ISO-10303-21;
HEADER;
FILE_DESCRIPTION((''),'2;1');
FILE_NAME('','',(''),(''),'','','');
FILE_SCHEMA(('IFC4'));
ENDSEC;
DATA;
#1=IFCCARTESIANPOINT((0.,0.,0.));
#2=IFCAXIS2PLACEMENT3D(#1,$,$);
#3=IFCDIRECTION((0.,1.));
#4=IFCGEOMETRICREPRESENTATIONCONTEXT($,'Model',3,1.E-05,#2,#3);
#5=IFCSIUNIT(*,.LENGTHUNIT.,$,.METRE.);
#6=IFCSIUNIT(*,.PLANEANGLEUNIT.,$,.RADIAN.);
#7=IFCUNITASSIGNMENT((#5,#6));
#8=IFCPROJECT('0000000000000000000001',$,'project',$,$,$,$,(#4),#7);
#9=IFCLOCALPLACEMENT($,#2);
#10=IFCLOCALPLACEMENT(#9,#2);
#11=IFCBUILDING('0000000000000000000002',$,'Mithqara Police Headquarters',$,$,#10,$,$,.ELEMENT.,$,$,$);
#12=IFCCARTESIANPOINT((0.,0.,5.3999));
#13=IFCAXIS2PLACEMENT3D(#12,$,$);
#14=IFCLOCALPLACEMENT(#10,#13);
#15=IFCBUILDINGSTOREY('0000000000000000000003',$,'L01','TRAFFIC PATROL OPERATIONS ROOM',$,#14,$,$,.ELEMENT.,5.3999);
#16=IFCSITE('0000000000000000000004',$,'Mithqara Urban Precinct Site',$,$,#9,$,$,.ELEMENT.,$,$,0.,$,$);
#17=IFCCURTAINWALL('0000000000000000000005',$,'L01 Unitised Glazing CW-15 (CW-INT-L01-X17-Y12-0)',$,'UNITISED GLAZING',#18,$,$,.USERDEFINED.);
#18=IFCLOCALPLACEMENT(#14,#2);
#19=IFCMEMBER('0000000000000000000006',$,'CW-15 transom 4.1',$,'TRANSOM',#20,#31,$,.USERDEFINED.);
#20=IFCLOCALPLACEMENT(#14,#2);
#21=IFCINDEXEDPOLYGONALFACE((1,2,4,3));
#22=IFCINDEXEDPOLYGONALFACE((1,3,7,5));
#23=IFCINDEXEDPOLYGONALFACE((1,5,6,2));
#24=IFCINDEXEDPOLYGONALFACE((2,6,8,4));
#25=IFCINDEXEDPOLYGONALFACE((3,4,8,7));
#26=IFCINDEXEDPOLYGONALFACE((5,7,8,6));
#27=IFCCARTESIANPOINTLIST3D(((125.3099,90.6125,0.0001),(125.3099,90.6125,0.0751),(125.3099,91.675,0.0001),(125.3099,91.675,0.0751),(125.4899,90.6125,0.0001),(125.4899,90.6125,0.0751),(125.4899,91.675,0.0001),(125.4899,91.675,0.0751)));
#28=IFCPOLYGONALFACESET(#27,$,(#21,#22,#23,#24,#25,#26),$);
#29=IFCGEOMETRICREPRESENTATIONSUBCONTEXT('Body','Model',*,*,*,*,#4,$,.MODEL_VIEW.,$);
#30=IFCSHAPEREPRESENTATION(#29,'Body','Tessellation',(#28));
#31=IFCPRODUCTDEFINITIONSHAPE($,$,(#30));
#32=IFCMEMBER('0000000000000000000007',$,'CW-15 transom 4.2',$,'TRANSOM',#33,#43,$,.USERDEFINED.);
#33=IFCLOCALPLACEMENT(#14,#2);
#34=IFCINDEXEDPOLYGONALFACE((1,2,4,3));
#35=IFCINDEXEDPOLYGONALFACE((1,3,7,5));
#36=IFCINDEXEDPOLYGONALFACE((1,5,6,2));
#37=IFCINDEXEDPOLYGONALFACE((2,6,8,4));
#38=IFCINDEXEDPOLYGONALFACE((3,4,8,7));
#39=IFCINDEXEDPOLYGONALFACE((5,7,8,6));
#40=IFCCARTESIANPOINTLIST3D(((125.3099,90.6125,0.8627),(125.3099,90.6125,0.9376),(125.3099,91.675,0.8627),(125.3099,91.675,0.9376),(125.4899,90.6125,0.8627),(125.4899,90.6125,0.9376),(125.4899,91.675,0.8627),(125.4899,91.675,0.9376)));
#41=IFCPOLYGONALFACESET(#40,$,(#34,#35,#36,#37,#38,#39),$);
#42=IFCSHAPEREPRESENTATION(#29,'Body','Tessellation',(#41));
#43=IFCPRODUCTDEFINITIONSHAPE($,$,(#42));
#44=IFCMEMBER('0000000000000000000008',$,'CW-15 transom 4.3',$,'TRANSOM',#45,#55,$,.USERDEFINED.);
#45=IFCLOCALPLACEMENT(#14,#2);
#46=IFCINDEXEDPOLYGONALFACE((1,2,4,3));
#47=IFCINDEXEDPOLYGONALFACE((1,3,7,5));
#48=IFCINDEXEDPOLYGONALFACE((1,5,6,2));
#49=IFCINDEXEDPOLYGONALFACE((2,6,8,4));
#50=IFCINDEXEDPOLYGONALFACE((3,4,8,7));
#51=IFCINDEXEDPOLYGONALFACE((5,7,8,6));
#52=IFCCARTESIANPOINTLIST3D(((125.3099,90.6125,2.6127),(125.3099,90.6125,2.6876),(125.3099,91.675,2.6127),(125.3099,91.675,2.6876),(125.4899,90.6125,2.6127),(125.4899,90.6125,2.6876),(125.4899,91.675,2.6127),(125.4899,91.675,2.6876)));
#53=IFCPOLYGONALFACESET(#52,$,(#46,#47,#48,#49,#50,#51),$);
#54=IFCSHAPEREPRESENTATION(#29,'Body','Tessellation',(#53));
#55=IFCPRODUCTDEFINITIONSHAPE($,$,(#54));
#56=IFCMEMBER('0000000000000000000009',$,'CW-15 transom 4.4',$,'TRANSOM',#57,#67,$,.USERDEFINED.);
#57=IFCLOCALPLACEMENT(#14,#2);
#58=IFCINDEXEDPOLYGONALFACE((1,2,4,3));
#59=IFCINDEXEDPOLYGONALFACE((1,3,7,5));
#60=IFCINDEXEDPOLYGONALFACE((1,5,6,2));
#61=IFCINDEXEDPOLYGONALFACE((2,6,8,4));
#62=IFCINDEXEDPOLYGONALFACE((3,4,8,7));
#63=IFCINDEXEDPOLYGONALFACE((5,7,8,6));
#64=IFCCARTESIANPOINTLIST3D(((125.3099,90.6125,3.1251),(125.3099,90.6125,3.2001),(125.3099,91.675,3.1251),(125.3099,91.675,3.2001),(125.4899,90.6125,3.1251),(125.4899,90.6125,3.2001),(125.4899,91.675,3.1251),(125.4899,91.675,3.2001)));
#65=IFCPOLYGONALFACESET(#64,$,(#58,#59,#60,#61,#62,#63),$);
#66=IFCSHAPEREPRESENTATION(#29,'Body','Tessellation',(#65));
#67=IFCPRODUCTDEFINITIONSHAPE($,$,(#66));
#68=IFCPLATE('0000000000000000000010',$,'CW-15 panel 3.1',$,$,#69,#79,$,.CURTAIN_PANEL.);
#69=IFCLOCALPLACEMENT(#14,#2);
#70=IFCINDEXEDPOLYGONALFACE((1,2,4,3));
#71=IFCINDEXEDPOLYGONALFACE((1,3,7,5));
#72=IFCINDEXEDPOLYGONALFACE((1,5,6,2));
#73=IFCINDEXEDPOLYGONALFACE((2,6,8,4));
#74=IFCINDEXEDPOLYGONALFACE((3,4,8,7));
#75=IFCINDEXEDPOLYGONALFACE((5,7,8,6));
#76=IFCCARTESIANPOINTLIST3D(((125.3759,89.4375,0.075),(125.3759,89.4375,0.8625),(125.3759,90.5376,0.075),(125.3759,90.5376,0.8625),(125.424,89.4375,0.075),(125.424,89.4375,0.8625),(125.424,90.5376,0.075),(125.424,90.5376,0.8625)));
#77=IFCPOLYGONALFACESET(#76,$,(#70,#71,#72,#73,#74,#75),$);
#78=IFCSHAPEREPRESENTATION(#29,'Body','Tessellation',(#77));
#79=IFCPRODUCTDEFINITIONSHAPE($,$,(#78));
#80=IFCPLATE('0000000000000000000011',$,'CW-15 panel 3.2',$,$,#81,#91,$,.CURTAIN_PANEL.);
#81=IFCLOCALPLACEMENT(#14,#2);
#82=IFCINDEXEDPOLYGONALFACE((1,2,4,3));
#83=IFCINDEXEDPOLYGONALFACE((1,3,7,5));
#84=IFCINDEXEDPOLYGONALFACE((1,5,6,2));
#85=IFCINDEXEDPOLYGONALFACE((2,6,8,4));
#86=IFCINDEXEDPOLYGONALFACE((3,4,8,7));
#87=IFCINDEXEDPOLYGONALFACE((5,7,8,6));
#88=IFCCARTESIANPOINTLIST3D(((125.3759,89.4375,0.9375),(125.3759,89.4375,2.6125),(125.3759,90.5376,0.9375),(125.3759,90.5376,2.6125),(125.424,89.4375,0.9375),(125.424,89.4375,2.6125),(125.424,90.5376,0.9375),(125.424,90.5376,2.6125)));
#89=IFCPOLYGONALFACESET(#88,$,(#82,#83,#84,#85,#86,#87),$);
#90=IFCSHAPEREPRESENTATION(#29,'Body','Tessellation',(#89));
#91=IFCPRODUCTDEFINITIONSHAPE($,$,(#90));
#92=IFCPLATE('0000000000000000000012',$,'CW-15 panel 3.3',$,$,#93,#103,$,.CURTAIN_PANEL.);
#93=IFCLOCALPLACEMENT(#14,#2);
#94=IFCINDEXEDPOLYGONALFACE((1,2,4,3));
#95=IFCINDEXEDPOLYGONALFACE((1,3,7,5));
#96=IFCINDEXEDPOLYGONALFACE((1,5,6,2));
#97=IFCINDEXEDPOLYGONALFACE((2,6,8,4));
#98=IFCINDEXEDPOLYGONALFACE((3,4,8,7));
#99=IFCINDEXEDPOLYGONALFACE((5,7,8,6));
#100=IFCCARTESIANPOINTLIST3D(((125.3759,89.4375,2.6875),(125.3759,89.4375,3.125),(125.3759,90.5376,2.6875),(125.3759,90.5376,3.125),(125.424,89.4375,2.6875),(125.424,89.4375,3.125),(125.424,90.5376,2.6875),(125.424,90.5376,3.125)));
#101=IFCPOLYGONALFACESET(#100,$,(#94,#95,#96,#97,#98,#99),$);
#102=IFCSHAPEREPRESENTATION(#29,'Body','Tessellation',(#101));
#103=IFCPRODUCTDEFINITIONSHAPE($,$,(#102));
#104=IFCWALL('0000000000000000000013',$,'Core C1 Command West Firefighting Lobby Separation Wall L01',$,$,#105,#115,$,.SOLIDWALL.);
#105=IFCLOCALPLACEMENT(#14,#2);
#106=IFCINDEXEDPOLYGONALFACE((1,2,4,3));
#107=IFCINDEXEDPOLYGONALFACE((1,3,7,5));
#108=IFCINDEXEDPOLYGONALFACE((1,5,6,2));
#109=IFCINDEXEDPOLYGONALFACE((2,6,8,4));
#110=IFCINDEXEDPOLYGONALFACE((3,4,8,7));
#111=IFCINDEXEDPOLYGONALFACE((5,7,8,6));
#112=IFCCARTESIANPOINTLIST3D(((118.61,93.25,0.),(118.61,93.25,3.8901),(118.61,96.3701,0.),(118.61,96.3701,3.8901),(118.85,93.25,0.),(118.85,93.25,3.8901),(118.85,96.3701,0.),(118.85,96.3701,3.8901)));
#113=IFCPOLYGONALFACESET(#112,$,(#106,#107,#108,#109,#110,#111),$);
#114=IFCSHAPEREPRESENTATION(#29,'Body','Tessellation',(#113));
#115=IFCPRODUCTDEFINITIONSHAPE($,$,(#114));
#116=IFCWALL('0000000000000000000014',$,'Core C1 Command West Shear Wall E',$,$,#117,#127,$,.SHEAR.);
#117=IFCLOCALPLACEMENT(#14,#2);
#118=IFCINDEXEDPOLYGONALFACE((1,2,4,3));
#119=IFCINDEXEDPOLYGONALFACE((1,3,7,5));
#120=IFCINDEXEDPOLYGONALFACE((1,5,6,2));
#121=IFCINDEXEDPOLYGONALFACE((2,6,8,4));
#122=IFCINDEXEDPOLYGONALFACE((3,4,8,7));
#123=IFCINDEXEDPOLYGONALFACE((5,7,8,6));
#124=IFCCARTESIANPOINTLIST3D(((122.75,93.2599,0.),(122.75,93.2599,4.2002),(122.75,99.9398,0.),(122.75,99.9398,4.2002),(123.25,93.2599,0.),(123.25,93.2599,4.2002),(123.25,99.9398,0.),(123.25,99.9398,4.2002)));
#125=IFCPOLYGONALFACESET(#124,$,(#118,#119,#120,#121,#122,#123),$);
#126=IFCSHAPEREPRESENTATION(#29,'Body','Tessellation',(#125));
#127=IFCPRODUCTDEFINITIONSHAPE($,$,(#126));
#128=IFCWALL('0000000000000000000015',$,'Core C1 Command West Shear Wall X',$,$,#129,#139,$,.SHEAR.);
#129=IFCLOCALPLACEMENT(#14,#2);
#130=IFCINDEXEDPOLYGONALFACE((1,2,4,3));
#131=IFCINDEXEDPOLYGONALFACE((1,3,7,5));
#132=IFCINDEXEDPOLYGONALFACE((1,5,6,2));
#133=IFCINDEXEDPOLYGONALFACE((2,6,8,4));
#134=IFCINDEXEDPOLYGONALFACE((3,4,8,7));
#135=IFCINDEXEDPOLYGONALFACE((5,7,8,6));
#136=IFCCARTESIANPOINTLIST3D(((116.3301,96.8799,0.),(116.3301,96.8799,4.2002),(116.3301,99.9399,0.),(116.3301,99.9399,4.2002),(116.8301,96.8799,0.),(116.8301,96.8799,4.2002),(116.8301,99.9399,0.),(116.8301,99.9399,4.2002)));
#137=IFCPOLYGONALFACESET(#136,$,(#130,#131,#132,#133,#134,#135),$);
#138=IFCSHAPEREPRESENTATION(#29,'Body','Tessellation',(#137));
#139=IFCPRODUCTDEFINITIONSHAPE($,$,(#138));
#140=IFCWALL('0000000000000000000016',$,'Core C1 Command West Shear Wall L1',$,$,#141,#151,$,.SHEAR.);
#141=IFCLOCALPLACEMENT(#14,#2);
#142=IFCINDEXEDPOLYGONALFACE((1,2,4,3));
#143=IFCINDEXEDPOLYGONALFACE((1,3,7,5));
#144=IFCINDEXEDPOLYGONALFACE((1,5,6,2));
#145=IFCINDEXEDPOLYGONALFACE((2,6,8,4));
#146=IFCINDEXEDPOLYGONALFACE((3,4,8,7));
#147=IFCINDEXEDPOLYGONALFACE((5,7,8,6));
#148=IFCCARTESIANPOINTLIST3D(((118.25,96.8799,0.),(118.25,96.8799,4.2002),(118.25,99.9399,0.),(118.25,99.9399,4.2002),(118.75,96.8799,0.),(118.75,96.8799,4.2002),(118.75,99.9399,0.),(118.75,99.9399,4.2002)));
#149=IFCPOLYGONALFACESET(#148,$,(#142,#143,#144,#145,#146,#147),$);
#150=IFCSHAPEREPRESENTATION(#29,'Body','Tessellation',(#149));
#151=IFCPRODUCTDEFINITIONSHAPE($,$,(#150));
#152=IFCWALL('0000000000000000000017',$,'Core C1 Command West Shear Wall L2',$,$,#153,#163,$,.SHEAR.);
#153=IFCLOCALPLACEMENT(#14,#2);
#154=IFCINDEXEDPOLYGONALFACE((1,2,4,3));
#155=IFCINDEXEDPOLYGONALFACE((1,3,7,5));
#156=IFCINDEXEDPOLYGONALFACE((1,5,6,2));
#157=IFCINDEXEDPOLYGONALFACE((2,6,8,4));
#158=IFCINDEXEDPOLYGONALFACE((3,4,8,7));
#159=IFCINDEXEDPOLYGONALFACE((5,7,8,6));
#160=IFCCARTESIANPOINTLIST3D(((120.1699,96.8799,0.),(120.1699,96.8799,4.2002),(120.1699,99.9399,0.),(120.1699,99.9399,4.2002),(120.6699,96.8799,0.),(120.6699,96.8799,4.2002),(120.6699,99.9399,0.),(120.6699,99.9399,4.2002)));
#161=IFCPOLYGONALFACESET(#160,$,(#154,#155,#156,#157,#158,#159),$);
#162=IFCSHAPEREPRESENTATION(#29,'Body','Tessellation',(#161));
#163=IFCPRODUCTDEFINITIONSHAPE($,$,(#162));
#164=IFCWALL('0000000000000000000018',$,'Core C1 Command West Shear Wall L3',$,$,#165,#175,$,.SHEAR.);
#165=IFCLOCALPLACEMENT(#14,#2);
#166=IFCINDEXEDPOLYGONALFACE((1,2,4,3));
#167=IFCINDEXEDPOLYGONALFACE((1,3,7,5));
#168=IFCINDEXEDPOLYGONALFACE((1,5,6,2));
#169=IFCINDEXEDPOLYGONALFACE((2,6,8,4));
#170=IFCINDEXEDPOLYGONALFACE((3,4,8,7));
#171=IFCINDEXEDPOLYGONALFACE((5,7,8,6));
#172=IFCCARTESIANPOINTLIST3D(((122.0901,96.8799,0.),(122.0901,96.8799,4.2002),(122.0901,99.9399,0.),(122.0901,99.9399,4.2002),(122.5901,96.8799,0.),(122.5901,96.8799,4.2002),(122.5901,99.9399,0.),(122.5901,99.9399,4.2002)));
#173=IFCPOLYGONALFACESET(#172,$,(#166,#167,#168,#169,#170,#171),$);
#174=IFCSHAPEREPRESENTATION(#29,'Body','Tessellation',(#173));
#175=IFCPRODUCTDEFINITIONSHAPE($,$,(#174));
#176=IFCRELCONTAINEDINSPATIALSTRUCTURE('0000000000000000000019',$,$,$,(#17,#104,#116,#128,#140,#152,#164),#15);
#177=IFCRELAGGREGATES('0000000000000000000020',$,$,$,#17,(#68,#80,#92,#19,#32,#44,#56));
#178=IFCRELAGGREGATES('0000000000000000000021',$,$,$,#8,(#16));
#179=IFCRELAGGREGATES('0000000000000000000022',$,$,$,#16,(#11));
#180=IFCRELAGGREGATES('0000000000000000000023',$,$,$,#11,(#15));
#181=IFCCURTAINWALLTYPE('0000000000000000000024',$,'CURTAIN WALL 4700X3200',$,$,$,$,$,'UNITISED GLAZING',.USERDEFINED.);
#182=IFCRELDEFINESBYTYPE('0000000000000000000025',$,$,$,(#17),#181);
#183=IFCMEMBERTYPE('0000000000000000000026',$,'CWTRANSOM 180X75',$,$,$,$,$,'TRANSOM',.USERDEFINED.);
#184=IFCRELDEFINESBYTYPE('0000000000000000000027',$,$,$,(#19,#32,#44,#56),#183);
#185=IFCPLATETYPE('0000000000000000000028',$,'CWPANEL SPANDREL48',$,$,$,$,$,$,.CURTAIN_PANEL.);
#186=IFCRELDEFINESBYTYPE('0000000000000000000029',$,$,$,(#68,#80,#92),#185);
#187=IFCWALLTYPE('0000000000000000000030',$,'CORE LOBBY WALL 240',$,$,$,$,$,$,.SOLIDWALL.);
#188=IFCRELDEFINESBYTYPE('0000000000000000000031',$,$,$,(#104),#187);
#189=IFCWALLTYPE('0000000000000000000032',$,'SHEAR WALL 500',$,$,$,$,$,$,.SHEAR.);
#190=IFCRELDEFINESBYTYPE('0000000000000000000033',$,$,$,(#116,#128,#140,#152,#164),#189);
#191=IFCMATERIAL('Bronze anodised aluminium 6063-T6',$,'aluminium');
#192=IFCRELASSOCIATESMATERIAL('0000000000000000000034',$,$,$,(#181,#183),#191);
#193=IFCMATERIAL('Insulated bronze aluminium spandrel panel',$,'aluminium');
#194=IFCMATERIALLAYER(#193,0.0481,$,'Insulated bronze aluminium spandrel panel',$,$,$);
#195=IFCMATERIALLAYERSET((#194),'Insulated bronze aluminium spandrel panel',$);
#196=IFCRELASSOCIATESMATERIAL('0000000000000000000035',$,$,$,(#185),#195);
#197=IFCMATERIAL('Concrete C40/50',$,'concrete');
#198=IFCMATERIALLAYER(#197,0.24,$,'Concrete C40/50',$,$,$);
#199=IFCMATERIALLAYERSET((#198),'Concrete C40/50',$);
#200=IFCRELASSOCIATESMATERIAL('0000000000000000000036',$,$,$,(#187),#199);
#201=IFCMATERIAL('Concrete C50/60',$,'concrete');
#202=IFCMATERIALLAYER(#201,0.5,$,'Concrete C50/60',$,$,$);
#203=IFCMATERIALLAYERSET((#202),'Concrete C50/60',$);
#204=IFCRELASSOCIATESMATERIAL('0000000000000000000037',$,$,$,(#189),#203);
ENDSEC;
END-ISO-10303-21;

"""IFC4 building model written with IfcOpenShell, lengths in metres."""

from ifc_helpers import new_model, si_unit, direction, frame, frame_2d, origin, origin_2d, place, context, subcontext, project, spatial, rectangle, extrude, material, layer, layer_set, material_profile, profile_set, type_object, element, aggregate, save


model = new_model("IFC4")

# Units and contexts
model_context = context("Model", 3, precision=1e-05, world=origin(), true_north=direction((0.0, 1.0)))
body_context = subcontext(model_context, "Body", "Model", "MODEL_VIEW")
ifc_project = project(units=[si_unit("LENGTHUNIT", "METRE"), si_unit("PLANEANGLEUNIT", "RADIAN")], contexts=[model_context])

# Site, building, storey
site_placement = place(None, origin())
site = spatial("IfcSite", under=ifc_project, at=site_placement, Name="Mithqara Urban Precinct Site", CompositionType="ELEMENT", RefElevation=0.0)
building_placement = place(site_placement, origin())
building = spatial("IfcBuilding", under=site, at=building_placement, Name="Mithqara Police Headquarters", CompositionType="ELEMENT")
storey_placement = place(building_placement, frame((0.0, 0.0, 5.3999)))
storey = spatial("IfcBuildingStorey", under=building, at=storey_placement, Name="L01", Description="TRAFFIC PATROL OPERATIONS ROOM", CompositionType="ELEMENT", Elevation=5.3999)

# Shared definitions
ifc_material_1 = material(Name="Concrete C40/50", Category="concrete")

# Curtain wall, members, plates
ifc_material_2 = material(Name="Bronze anodised aluminium 6063-T6", Category="aluminium")
curtain_wall_type = type_object("IfcCurtainWallType", Name="CURTAIN WALL 4700X3200", ElementType="UNITISED GLAZING", PredefinedType="USERDEFINED", material=ifc_material_2)
curtain_wall_placement = place(storey_placement, origin())
curtain_wall = element("IfcCurtainWall", 1, at=curtain_wall_placement, inside=storey, type_object=curtain_wall_type, Name="L01 Unitised Glazing CW-15 (CW-INT-L01-X17-Y12-0)", ObjectType="UNITISED GLAZING", PredefinedType="USERDEFINED")
ifc_material_profile_1 = material_profile(ifc_material_2, rectangle(XDim=0.1799, YDim=0.075, at=origin_2d()), Name="CWT 180x75")
ifc_profile_set_1 = profile_set([ifc_material_profile_1], Name="Bronze anodised aluminium 6063-T6")
member_type_1 = type_object("IfcMemberType", Name="CWTRANSOM 180X75", ElementType="TRANSOM", PredefinedType="USERDEFINED", material=ifc_profile_set_1)
member_1_placement = place(storey_placement, frame((125.3999, 90.6125, 0.0376), z_axis=(0.0, 1.0, 0.0), x_axis=(-1.0, 0.0, 0.0)))
member_1 = element("IfcMember", 2, at=member_1_placement, type_object=member_type_1, Name="CW-15 transom 4.1", ObjectType="TRANSOM", PredefinedType="USERDEFINED", context=body_context, shape_type="SweptSolid", body=[
    extrude(rectangle(XDim=0.1799, YDim=0.075, at=origin_2d()), origin(), (0.0, 0.0, 1.0), 1.0625),
])
member_2_placement = place(storey_placement, frame((125.3999, 90.6125, 0.9001), z_axis=(0.0, 1.0, 0.0), x_axis=(-1.0, 0.0, 0.0)))
member_2 = element("IfcMember", 3, at=member_2_placement, type_object=member_type_1, Name="CW-15 transom 4.2", ObjectType="TRANSOM", PredefinedType="USERDEFINED", context=body_context, shape_type="SweptSolid", body=[
    extrude(rectangle(XDim=0.1799, YDim=0.075, at=origin_2d()), origin(), (0.0, 0.0, 1.0), 1.0625),
])
member_3_placement = place(storey_placement, frame((125.3999, 90.6125, 2.6501), z_axis=(0.0, 1.0, 0.0), x_axis=(-1.0, 0.0, 0.0)))
member_3 = element("IfcMember", 4, at=member_3_placement, type_object=member_type_1, Name="CW-15 transom 4.3", ObjectType="TRANSOM", PredefinedType="USERDEFINED", context=body_context, shape_type="SweptSolid", body=[
    extrude(rectangle(XDim=0.1799, YDim=0.075, at=origin_2d()), origin(), (0.0, 0.0, 1.0), 1.0625),
])
member_4_placement = place(storey_placement, frame((125.3999, 90.6125, 3.1626), z_axis=(0.0, 1.0, 0.0), x_axis=(-1.0, 0.0, 0.0)))
member_4 = element("IfcMember", 5, at=member_4_placement, type_object=member_type_1, Name="CW-15 transom 4.4", ObjectType="TRANSOM", PredefinedType="USERDEFINED", context=body_context, shape_type="SweptSolid", body=[
    extrude(rectangle(XDim=0.1799, YDim=0.075, at=origin_2d()), origin(), (0.0, 0.0, 1.0), 1.0625),
])
ifc_material_3 = material(Name="Insulated bronze aluminium spandrel panel", Category="aluminium")
ifc_layer_1 = layer(ifc_material_3, 0.0481, Name="Insulated bronze aluminium spandrel panel")
ifc_layer_set_1 = layer_set([ifc_layer_1], Name="Insulated bronze aluminium spandrel panel")
plate_type = type_object("IfcPlateType", Name="CWPANEL SPANDREL48", PredefinedType="CURTAIN_PANEL", material=ifc_layer_set_1)
plate_1_placement = place(storey_placement, frame((125.3999, 89.9875, 0.075), z_axis=(0.0, 0.0, 1.0), x_axis=(0.0, 1.0, 0.0)))
plate_1 = element("IfcPlate", 6, at=plate_1_placement, type_object=plate_type, Name="CW-15 panel 3.1", PredefinedType="CURTAIN_PANEL", context=body_context, shape_type="SweptSolid", body=[
    extrude(rectangle(XDim=1.1001, YDim=0.0481, at=origin_2d()), origin(), (0.0, 0.0, 1.0), 0.7876),
])
plate_2_placement = place(storey_placement, frame((125.3999, 89.9875, 0.9375), z_axis=(0.0, 0.0, 1.0), x_axis=(0.0, 1.0, 0.0)))
plate_2 = element("IfcPlate", 7, at=plate_2_placement, type_object=plate_type, Name="CW-15 panel 3.2", PredefinedType="CURTAIN_PANEL", context=body_context, shape_type="SweptSolid", body=[
    extrude(rectangle(XDim=1.1001, YDim=0.0481, at=origin_2d()), origin(), (0.0, 0.0, 1.0), 1.675),
])
plate_3_placement = place(storey_placement, frame((125.3999, 89.9875, 2.6875), z_axis=(0.0, 0.0, 1.0), x_axis=(0.0, 1.0, 0.0)))
plate_3 = element("IfcPlate", 8, at=plate_3_placement, type_object=plate_type, Name="CW-15 panel 3.3", PredefinedType="CURTAIN_PANEL", context=body_context, shape_type="SweptSolid", body=[
    extrude(rectangle(XDim=1.1001, YDim=0.0481, at=origin_2d()), origin(), (0.0, 0.0, 1.0), 0.4375),
])
aggregate(curtain_wall, [plate_1, plate_2, plate_3, member_1, member_2, member_3, member_4])

# Walls
ifc_layer_2 = layer(ifc_material_1, 0.24, Name="Concrete C40/50")
ifc_layer_set_2 = layer_set([ifc_layer_2], Name="Concrete C40/50")
wall_type_1 = type_object("IfcWallType", Name="CORE LOBBY WALL 240", PredefinedType="SOLIDWALL", material=ifc_layer_set_2)
wall_1_placement = place(storey_placement, frame((118.73, 93.25, 0.0), z_axis=(0.0, 0.0, 1.0), x_axis=(0.0, 1.0, 0.0)))
element("IfcWall", 9, at=wall_1_placement, inside=storey, type_object=wall_type_1, Name="Core C1 Command West Firefighting Lobby Separation Wall L01", PredefinedType="SOLIDWALL", context=body_context, shape_type="SweptSolid", body=[
    extrude(rectangle(XDim=3.1201, YDim=0.24, at=frame_2d((1.5601, 0.0))), origin(), (0.0, 0.0, 1.0), 3.8901),
])
ifc_material_4 = material(Name="Concrete C50/60", Category="concrete")
ifc_layer_3 = layer(ifc_material_4, 0.5, Name="Concrete C50/60")
ifc_layer_set_3 = layer_set([ifc_layer_3], Name="Concrete C50/60")
wall_type_2 = type_object("IfcWallType", Name="SHEAR WALL 500", PredefinedType="SHEAR", material=ifc_layer_set_3)
wall_2_placement = place(storey_placement, frame((123.0, 93.26, 0.0), z_axis=(0.0, 0.0, 1.0), x_axis=(0.0, 1.0, 0.0)))
element("IfcWall", 10, at=wall_2_placement, inside=storey, type_object=wall_type_2, Name="Core C1 Command West Shear Wall E", PredefinedType="SHEAR", context=body_context, shape_type="SweptSolid", body=[
    extrude(rectangle(XDim=6.6799, YDim=0.5, at=frame_2d((3.3398, 0.0))), origin(), (0.0, 0.0, 1.0), 4.2002),
])
for number, where, z_axis, x_axis, name in (
    (11, (116.5801, 96.8799, 0.0), (0.0, 0.0, 1.0), (0.0, 1.0, 0.0), "Core C1 Command West Shear Wall X"),
    (12, (118.5, 96.8799, 0.0), (0.0, 0.0, 1.0), (0.0, 1.0, 0.0), "Core C1 Command West Shear Wall L1"),
    (13, (120.4199, 96.8799, 0.0), (0.0, 0.0, 1.0), (0.0, 1.0, 0.0), "Core C1 Command West Shear Wall L2"),
    (14, (122.3401, 96.8799, 0.0), (0.0, 0.0, 1.0), (0.0, 1.0, 0.0), "Core C1 Command West Shear Wall L3"),
):
    element("IfcWall", number, at=place(storey_placement, frame(where, z_axis=z_axis, x_axis=x_axis)), inside=storey, type_object=wall_type_2, Name=name, PredefinedType="SHEAR", context=body_context, shape_type="SweptSolid", body=[
        extrude(rectangle(XDim=3.0601, YDim=0.5, at=frame_2d((1.53, 0.0))), origin(), (0.0, 0.0, 1.0), 4.2002),
    ])

save(model, "model.ifc")
